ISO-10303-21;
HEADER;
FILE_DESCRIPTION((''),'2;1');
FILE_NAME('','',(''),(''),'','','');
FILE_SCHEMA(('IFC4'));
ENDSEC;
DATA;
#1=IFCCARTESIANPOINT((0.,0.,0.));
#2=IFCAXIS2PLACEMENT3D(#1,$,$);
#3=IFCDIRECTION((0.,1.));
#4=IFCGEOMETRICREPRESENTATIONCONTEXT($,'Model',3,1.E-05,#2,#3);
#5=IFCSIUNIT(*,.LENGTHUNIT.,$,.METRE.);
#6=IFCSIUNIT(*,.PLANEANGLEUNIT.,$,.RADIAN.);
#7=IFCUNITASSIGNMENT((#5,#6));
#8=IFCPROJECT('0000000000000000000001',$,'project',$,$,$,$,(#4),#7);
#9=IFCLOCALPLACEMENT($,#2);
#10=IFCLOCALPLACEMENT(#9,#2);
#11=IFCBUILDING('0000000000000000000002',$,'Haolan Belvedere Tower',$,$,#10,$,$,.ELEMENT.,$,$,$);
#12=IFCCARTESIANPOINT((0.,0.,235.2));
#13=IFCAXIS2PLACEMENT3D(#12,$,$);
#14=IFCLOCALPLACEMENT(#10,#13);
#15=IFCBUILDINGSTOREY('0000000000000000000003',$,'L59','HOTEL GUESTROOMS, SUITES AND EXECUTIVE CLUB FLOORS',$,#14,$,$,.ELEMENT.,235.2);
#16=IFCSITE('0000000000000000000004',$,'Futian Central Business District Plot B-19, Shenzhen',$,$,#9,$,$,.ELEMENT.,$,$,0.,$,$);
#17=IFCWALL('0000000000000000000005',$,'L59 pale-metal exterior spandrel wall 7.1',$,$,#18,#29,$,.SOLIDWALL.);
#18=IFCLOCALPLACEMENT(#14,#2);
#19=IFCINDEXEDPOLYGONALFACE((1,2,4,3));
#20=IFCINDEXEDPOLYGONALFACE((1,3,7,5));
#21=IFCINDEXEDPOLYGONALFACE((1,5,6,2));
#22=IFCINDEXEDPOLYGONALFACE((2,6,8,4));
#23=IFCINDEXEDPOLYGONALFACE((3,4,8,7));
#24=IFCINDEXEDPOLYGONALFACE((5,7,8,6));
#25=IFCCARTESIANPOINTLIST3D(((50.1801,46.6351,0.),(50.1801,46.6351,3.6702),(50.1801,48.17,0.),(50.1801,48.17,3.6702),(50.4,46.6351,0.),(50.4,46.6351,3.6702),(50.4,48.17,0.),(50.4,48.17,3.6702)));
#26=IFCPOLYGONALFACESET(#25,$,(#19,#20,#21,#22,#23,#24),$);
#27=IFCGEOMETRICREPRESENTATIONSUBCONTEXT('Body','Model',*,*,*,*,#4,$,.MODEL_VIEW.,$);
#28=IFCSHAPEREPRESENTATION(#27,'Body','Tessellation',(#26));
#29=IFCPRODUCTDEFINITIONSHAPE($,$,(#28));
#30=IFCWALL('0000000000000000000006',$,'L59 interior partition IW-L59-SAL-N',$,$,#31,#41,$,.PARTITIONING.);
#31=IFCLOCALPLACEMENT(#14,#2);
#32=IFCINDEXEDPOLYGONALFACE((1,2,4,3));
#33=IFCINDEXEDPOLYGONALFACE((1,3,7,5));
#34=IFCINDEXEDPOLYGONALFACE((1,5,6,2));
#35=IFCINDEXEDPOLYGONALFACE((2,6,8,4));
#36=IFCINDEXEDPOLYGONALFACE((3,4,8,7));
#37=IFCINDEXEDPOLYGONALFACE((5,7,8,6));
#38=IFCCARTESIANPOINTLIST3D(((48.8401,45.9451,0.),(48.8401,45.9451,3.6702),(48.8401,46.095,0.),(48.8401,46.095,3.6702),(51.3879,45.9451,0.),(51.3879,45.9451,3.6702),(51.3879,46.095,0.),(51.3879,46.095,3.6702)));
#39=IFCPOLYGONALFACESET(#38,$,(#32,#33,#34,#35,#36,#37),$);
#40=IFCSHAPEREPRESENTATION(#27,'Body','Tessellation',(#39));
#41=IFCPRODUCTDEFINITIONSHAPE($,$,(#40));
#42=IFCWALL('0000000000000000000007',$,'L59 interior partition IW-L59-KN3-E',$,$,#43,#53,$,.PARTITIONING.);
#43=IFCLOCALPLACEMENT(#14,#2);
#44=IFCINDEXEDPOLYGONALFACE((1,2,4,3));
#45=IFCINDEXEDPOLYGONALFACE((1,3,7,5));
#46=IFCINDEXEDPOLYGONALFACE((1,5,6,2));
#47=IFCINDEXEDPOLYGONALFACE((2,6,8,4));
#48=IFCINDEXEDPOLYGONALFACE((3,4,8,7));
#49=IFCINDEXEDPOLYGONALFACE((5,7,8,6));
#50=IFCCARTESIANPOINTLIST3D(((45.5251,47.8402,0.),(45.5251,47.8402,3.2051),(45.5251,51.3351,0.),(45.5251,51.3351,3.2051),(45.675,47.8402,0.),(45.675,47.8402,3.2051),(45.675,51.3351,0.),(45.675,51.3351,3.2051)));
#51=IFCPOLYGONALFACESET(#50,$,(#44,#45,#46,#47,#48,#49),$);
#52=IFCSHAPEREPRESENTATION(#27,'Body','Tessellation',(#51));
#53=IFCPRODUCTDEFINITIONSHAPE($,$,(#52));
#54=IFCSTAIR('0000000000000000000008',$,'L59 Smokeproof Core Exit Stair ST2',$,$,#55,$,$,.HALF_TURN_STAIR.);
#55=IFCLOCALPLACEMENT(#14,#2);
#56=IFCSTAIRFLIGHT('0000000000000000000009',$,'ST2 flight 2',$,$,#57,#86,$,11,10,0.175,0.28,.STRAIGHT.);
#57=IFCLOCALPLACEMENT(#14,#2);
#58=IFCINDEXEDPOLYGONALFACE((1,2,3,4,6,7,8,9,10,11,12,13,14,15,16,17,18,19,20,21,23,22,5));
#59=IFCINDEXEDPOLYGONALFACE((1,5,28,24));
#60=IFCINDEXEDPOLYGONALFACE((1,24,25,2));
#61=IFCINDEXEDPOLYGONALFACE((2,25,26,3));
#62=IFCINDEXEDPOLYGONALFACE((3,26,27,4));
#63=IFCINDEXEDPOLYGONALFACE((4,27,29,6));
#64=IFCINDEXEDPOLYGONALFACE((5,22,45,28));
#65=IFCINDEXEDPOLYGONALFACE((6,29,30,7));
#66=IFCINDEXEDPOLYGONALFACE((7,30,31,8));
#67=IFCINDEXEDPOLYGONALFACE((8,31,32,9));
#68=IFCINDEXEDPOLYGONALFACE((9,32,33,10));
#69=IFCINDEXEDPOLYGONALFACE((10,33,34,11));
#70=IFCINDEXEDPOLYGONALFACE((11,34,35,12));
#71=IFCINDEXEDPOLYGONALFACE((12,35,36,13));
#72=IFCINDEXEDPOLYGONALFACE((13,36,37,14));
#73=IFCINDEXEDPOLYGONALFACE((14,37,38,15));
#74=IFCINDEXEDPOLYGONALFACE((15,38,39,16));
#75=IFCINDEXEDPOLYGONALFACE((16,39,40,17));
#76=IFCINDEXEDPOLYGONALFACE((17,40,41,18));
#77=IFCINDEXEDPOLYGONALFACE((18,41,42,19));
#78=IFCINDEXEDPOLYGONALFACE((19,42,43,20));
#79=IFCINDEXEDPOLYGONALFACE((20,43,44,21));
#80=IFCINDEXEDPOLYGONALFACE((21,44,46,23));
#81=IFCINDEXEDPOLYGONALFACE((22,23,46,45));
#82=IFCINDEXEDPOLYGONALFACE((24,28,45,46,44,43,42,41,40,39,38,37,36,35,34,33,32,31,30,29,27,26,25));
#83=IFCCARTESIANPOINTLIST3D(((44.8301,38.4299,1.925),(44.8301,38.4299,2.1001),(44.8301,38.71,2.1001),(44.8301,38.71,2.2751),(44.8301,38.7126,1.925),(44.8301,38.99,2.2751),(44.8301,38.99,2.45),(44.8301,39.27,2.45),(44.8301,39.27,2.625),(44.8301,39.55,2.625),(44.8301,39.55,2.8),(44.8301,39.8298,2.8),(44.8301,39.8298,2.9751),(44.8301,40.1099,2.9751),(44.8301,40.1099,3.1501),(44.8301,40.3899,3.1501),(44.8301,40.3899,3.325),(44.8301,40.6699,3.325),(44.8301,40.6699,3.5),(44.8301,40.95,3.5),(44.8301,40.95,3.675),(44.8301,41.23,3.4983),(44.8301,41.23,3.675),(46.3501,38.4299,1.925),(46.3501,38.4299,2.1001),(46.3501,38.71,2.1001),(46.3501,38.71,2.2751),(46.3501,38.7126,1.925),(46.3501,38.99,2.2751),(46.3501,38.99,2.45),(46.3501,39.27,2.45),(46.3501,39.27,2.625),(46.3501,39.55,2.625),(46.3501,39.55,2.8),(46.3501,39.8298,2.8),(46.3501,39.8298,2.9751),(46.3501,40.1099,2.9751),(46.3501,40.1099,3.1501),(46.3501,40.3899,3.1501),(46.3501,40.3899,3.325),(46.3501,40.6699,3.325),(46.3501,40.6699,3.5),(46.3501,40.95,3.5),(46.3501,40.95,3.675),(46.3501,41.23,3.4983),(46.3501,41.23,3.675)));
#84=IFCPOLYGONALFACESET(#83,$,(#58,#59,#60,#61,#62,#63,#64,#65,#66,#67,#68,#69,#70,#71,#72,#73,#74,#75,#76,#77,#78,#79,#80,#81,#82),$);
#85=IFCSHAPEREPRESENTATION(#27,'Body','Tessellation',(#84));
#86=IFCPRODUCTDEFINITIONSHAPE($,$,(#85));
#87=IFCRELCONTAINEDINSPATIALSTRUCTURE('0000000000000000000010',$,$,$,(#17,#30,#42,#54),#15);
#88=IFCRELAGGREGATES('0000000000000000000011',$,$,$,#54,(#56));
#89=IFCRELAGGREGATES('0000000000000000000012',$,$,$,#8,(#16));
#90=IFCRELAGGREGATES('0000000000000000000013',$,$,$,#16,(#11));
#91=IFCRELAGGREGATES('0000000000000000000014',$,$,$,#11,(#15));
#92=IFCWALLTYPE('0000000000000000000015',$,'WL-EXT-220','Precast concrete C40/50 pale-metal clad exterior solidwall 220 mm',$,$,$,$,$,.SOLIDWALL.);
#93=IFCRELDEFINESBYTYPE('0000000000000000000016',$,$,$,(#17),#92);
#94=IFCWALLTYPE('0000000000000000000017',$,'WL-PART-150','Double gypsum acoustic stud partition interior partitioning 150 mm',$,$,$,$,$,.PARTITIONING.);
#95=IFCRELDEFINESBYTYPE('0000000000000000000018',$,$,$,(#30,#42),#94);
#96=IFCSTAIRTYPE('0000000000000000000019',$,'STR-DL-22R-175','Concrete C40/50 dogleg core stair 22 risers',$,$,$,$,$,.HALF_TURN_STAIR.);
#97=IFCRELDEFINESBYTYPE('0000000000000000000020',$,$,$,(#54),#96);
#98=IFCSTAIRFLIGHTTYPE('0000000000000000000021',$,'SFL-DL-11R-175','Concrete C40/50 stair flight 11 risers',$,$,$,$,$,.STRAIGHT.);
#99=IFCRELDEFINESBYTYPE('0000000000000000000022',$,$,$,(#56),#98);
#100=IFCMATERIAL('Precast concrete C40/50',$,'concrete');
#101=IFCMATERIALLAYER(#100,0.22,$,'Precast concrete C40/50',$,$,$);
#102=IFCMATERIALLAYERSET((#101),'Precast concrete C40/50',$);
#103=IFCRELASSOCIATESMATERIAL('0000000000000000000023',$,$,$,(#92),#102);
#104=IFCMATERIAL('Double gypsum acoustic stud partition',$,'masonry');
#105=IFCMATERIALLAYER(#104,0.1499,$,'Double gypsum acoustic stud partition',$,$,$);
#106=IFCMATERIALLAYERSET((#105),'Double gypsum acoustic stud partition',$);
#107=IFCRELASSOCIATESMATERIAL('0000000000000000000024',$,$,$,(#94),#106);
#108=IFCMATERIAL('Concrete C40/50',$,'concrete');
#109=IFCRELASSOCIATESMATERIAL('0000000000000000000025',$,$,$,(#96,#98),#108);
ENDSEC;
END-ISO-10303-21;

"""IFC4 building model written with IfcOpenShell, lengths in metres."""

from ifc_helpers import new_model, si_unit, direction, frame, frame_2d, origin, place, context, subcontext, project, spatial, polyline, rectangle, outline, extrude, material, layer, layer_set, type_object, element, aggregate, save


model = new_model("IFC4")

# Units and contexts
model_context = context("Model", 3, precision=1e-05, world=origin(), true_north=direction((0.0, 1.0)))
body_context = subcontext(model_context, "Body", "Model", "MODEL_VIEW")
ifc_project = project(units=[si_unit("LENGTHUNIT", "METRE"), si_unit("PLANEANGLEUNIT", "RADIAN")], contexts=[model_context])

# Site, building, storey
site_placement = place(None, origin())
site = spatial("IfcSite", under=ifc_project, at=site_placement, Name="Futian Central Business District Plot B-19, Shenzhen", CompositionType="ELEMENT", RefElevation=0.0)
building_placement = place(site_placement, origin())
building = spatial("IfcBuilding", under=site, at=building_placement, Name="Haolan Belvedere Tower", CompositionType="ELEMENT")
storey_placement = place(building_placement, frame((0.0, 0.0, 235.2)))
storey = spatial("IfcBuildingStorey", under=building, at=storey_placement, Name="L59", Description="HOTEL GUESTROOMS, SUITES AND EXECUTIVE CLUB FLOORS", CompositionType="ELEMENT", Elevation=235.2)

# Shared definitions
ifc_material_1 = material(Name="Precast concrete C40/50", Category="concrete")
ifc_layer_1 = layer(ifc_material_1, 0.22, Name="Precast concrete C40/50")
ifc_layer_set_1 = layer_set([ifc_layer_1], Name="Precast concrete C40/50")
wall_type_1 = type_object("IfcWallType", Name="WL-EXT-220", Description="Precast concrete C40/50 pale-metal clad exterior solidwall 220 mm", PredefinedType="SOLIDWALL", material=ifc_layer_set_1)

# Wall
wall_1_placement = place(storey_placement, frame((50.29, 46.635, 0.0), z_axis=(0.0, 0.0, 1.0), x_axis=(0.0, 1.0, 0.0)))
element("IfcWall", 1, at=wall_1_placement, inside=storey, type_object=wall_type_1, Name="L59 pale-metal exterior spandrel wall 7.1", PredefinedType="SOLIDWALL", context=body_context, shape_type="SweptSolid", body=[
    extrude(rectangle(XDim=1.5349, YDim=0.22, at=frame_2d((0.7676, 0.0))), origin(), (0.0, 0.0, 1.0), 3.6702),
])

# Shared definitions
ifc_material_2 = material(Name="Concrete C40/50", Category="concrete")

# Walls
ifc_material_3 = material(Name="Double gypsum acoustic stud partition", Category="masonry")
ifc_layer_2 = layer(ifc_material_3, 0.1499, Name="Double gypsum acoustic stud partition")
ifc_layer_set_2 = layer_set([ifc_layer_2], Name="Double gypsum acoustic stud partition")
wall_type_2 = type_object("IfcWallType", Name="WL-PART-150", Description="Double gypsum acoustic stud partition interior partitioning 150 mm", PredefinedType="PARTITIONING", material=ifc_layer_set_2)
wall_2_placement = place(storey_placement, frame((48.8401, 46.02, 0.0), z_axis=(0.0, 0.0, 1.0), x_axis=(1.0, 0.0, 0.0)))
element("IfcWall", 2, at=wall_2_placement, inside=storey, type_object=wall_type_2, Name="L59 interior partition IW-L59-SAL-N", PredefinedType="PARTITIONING", context=body_context, shape_type="SweptSolid", body=[
    extrude(rectangle(XDim=2.5479, YDim=0.1499, at=frame_2d((1.2739, 0.0))), origin(), (0.0, 0.0, 1.0), 3.6702),
])
wall_3_placement = place(storey_placement, frame((45.6001, 47.8401, 0.0), z_axis=(0.0, 0.0, 1.0), x_axis=(0.0, 1.0, 0.0)))
element("IfcWall", 3, at=wall_3_placement, inside=storey, type_object=wall_type_2, Name="L59 interior partition IW-L59-KN3-E", PredefinedType="PARTITIONING", context=body_context, shape_type="SweptSolid", body=[
    extrude(rectangle(XDim=3.4949, YDim=0.1499, at=frame_2d((1.7476, 0.0))), origin(), (0.0, 0.0, 1.0), 3.2051),
])

# Stair, stair flight
stair_type = type_object("IfcStairType", Name="STR-DL-22R-175", Description="Concrete C40/50 dogleg core stair 22 risers", PredefinedType="HALF_TURN_STAIR", material=ifc_material_2)
stair_placement = place(storey_placement, origin())
stair = element("IfcStair", 4, at=stair_placement, inside=storey, type_object=stair_type, Name="L59 Smokeproof Core Exit Stair ST2", PredefinedType="HALF_TURN_STAIR")
stair_flight_type = type_object("IfcStairFlightType", Name="SFL-DL-11R-175", Description="Concrete C40/50 stair flight 11 risers", PredefinedType="STRAIGHT", material=ifc_material_2)
stair_flight_placement = place(storey_placement, frame((45.5901, 38.4299, 1.925), z_axis=(0.0, 0.0, 1.0), x_axis=(0.0, 1.0, 0.0)))
stair_flight = element("IfcStairFlight", 5, at=stair_flight_placement, type_object=stair_flight_type, Name="ST2 flight 2", NumberOfRisers=11, NumberOfTreads=10, PredefinedType="STRAIGHT", RiserHeight=0.175, TreadLength=0.28, context=body_context, shape_type="SweptSolid", body=[
    extrude(outline(polyline([(0.0, 0.0), (0.0, 0.175), (0.28, 0.175), (0.28, 0.3501), (0.5601, 0.3501), (0.5601, 0.5249), (0.8401, 0.5249), (0.8401, 0.7), (1.1201, 0.7), (1.1201, 0.875), (1.3999, 0.875), (1.3999, 1.05), (1.6799, 1.05), (1.6799, 1.2251), (1.96, 1.2251), (1.96, 1.3999), (2.24, 1.3999), (2.24, 1.575), (2.52, 1.575), (2.52, 1.75), (2.8, 1.75), (2.8, 1.925), (2.8, 1.5732), (0.2827, 0.0), (0.0, 0.0)])), frame((0.0, 0.76, 0.0), z_axis=(0.0, -1.0, 0.0), x_axis=(1.0, 0.0, 0.0)), (0.0, 0.0, 1.0), 1.52),
])
aggregate(stair, [stair_flight])

save(model, "model.ifc")
